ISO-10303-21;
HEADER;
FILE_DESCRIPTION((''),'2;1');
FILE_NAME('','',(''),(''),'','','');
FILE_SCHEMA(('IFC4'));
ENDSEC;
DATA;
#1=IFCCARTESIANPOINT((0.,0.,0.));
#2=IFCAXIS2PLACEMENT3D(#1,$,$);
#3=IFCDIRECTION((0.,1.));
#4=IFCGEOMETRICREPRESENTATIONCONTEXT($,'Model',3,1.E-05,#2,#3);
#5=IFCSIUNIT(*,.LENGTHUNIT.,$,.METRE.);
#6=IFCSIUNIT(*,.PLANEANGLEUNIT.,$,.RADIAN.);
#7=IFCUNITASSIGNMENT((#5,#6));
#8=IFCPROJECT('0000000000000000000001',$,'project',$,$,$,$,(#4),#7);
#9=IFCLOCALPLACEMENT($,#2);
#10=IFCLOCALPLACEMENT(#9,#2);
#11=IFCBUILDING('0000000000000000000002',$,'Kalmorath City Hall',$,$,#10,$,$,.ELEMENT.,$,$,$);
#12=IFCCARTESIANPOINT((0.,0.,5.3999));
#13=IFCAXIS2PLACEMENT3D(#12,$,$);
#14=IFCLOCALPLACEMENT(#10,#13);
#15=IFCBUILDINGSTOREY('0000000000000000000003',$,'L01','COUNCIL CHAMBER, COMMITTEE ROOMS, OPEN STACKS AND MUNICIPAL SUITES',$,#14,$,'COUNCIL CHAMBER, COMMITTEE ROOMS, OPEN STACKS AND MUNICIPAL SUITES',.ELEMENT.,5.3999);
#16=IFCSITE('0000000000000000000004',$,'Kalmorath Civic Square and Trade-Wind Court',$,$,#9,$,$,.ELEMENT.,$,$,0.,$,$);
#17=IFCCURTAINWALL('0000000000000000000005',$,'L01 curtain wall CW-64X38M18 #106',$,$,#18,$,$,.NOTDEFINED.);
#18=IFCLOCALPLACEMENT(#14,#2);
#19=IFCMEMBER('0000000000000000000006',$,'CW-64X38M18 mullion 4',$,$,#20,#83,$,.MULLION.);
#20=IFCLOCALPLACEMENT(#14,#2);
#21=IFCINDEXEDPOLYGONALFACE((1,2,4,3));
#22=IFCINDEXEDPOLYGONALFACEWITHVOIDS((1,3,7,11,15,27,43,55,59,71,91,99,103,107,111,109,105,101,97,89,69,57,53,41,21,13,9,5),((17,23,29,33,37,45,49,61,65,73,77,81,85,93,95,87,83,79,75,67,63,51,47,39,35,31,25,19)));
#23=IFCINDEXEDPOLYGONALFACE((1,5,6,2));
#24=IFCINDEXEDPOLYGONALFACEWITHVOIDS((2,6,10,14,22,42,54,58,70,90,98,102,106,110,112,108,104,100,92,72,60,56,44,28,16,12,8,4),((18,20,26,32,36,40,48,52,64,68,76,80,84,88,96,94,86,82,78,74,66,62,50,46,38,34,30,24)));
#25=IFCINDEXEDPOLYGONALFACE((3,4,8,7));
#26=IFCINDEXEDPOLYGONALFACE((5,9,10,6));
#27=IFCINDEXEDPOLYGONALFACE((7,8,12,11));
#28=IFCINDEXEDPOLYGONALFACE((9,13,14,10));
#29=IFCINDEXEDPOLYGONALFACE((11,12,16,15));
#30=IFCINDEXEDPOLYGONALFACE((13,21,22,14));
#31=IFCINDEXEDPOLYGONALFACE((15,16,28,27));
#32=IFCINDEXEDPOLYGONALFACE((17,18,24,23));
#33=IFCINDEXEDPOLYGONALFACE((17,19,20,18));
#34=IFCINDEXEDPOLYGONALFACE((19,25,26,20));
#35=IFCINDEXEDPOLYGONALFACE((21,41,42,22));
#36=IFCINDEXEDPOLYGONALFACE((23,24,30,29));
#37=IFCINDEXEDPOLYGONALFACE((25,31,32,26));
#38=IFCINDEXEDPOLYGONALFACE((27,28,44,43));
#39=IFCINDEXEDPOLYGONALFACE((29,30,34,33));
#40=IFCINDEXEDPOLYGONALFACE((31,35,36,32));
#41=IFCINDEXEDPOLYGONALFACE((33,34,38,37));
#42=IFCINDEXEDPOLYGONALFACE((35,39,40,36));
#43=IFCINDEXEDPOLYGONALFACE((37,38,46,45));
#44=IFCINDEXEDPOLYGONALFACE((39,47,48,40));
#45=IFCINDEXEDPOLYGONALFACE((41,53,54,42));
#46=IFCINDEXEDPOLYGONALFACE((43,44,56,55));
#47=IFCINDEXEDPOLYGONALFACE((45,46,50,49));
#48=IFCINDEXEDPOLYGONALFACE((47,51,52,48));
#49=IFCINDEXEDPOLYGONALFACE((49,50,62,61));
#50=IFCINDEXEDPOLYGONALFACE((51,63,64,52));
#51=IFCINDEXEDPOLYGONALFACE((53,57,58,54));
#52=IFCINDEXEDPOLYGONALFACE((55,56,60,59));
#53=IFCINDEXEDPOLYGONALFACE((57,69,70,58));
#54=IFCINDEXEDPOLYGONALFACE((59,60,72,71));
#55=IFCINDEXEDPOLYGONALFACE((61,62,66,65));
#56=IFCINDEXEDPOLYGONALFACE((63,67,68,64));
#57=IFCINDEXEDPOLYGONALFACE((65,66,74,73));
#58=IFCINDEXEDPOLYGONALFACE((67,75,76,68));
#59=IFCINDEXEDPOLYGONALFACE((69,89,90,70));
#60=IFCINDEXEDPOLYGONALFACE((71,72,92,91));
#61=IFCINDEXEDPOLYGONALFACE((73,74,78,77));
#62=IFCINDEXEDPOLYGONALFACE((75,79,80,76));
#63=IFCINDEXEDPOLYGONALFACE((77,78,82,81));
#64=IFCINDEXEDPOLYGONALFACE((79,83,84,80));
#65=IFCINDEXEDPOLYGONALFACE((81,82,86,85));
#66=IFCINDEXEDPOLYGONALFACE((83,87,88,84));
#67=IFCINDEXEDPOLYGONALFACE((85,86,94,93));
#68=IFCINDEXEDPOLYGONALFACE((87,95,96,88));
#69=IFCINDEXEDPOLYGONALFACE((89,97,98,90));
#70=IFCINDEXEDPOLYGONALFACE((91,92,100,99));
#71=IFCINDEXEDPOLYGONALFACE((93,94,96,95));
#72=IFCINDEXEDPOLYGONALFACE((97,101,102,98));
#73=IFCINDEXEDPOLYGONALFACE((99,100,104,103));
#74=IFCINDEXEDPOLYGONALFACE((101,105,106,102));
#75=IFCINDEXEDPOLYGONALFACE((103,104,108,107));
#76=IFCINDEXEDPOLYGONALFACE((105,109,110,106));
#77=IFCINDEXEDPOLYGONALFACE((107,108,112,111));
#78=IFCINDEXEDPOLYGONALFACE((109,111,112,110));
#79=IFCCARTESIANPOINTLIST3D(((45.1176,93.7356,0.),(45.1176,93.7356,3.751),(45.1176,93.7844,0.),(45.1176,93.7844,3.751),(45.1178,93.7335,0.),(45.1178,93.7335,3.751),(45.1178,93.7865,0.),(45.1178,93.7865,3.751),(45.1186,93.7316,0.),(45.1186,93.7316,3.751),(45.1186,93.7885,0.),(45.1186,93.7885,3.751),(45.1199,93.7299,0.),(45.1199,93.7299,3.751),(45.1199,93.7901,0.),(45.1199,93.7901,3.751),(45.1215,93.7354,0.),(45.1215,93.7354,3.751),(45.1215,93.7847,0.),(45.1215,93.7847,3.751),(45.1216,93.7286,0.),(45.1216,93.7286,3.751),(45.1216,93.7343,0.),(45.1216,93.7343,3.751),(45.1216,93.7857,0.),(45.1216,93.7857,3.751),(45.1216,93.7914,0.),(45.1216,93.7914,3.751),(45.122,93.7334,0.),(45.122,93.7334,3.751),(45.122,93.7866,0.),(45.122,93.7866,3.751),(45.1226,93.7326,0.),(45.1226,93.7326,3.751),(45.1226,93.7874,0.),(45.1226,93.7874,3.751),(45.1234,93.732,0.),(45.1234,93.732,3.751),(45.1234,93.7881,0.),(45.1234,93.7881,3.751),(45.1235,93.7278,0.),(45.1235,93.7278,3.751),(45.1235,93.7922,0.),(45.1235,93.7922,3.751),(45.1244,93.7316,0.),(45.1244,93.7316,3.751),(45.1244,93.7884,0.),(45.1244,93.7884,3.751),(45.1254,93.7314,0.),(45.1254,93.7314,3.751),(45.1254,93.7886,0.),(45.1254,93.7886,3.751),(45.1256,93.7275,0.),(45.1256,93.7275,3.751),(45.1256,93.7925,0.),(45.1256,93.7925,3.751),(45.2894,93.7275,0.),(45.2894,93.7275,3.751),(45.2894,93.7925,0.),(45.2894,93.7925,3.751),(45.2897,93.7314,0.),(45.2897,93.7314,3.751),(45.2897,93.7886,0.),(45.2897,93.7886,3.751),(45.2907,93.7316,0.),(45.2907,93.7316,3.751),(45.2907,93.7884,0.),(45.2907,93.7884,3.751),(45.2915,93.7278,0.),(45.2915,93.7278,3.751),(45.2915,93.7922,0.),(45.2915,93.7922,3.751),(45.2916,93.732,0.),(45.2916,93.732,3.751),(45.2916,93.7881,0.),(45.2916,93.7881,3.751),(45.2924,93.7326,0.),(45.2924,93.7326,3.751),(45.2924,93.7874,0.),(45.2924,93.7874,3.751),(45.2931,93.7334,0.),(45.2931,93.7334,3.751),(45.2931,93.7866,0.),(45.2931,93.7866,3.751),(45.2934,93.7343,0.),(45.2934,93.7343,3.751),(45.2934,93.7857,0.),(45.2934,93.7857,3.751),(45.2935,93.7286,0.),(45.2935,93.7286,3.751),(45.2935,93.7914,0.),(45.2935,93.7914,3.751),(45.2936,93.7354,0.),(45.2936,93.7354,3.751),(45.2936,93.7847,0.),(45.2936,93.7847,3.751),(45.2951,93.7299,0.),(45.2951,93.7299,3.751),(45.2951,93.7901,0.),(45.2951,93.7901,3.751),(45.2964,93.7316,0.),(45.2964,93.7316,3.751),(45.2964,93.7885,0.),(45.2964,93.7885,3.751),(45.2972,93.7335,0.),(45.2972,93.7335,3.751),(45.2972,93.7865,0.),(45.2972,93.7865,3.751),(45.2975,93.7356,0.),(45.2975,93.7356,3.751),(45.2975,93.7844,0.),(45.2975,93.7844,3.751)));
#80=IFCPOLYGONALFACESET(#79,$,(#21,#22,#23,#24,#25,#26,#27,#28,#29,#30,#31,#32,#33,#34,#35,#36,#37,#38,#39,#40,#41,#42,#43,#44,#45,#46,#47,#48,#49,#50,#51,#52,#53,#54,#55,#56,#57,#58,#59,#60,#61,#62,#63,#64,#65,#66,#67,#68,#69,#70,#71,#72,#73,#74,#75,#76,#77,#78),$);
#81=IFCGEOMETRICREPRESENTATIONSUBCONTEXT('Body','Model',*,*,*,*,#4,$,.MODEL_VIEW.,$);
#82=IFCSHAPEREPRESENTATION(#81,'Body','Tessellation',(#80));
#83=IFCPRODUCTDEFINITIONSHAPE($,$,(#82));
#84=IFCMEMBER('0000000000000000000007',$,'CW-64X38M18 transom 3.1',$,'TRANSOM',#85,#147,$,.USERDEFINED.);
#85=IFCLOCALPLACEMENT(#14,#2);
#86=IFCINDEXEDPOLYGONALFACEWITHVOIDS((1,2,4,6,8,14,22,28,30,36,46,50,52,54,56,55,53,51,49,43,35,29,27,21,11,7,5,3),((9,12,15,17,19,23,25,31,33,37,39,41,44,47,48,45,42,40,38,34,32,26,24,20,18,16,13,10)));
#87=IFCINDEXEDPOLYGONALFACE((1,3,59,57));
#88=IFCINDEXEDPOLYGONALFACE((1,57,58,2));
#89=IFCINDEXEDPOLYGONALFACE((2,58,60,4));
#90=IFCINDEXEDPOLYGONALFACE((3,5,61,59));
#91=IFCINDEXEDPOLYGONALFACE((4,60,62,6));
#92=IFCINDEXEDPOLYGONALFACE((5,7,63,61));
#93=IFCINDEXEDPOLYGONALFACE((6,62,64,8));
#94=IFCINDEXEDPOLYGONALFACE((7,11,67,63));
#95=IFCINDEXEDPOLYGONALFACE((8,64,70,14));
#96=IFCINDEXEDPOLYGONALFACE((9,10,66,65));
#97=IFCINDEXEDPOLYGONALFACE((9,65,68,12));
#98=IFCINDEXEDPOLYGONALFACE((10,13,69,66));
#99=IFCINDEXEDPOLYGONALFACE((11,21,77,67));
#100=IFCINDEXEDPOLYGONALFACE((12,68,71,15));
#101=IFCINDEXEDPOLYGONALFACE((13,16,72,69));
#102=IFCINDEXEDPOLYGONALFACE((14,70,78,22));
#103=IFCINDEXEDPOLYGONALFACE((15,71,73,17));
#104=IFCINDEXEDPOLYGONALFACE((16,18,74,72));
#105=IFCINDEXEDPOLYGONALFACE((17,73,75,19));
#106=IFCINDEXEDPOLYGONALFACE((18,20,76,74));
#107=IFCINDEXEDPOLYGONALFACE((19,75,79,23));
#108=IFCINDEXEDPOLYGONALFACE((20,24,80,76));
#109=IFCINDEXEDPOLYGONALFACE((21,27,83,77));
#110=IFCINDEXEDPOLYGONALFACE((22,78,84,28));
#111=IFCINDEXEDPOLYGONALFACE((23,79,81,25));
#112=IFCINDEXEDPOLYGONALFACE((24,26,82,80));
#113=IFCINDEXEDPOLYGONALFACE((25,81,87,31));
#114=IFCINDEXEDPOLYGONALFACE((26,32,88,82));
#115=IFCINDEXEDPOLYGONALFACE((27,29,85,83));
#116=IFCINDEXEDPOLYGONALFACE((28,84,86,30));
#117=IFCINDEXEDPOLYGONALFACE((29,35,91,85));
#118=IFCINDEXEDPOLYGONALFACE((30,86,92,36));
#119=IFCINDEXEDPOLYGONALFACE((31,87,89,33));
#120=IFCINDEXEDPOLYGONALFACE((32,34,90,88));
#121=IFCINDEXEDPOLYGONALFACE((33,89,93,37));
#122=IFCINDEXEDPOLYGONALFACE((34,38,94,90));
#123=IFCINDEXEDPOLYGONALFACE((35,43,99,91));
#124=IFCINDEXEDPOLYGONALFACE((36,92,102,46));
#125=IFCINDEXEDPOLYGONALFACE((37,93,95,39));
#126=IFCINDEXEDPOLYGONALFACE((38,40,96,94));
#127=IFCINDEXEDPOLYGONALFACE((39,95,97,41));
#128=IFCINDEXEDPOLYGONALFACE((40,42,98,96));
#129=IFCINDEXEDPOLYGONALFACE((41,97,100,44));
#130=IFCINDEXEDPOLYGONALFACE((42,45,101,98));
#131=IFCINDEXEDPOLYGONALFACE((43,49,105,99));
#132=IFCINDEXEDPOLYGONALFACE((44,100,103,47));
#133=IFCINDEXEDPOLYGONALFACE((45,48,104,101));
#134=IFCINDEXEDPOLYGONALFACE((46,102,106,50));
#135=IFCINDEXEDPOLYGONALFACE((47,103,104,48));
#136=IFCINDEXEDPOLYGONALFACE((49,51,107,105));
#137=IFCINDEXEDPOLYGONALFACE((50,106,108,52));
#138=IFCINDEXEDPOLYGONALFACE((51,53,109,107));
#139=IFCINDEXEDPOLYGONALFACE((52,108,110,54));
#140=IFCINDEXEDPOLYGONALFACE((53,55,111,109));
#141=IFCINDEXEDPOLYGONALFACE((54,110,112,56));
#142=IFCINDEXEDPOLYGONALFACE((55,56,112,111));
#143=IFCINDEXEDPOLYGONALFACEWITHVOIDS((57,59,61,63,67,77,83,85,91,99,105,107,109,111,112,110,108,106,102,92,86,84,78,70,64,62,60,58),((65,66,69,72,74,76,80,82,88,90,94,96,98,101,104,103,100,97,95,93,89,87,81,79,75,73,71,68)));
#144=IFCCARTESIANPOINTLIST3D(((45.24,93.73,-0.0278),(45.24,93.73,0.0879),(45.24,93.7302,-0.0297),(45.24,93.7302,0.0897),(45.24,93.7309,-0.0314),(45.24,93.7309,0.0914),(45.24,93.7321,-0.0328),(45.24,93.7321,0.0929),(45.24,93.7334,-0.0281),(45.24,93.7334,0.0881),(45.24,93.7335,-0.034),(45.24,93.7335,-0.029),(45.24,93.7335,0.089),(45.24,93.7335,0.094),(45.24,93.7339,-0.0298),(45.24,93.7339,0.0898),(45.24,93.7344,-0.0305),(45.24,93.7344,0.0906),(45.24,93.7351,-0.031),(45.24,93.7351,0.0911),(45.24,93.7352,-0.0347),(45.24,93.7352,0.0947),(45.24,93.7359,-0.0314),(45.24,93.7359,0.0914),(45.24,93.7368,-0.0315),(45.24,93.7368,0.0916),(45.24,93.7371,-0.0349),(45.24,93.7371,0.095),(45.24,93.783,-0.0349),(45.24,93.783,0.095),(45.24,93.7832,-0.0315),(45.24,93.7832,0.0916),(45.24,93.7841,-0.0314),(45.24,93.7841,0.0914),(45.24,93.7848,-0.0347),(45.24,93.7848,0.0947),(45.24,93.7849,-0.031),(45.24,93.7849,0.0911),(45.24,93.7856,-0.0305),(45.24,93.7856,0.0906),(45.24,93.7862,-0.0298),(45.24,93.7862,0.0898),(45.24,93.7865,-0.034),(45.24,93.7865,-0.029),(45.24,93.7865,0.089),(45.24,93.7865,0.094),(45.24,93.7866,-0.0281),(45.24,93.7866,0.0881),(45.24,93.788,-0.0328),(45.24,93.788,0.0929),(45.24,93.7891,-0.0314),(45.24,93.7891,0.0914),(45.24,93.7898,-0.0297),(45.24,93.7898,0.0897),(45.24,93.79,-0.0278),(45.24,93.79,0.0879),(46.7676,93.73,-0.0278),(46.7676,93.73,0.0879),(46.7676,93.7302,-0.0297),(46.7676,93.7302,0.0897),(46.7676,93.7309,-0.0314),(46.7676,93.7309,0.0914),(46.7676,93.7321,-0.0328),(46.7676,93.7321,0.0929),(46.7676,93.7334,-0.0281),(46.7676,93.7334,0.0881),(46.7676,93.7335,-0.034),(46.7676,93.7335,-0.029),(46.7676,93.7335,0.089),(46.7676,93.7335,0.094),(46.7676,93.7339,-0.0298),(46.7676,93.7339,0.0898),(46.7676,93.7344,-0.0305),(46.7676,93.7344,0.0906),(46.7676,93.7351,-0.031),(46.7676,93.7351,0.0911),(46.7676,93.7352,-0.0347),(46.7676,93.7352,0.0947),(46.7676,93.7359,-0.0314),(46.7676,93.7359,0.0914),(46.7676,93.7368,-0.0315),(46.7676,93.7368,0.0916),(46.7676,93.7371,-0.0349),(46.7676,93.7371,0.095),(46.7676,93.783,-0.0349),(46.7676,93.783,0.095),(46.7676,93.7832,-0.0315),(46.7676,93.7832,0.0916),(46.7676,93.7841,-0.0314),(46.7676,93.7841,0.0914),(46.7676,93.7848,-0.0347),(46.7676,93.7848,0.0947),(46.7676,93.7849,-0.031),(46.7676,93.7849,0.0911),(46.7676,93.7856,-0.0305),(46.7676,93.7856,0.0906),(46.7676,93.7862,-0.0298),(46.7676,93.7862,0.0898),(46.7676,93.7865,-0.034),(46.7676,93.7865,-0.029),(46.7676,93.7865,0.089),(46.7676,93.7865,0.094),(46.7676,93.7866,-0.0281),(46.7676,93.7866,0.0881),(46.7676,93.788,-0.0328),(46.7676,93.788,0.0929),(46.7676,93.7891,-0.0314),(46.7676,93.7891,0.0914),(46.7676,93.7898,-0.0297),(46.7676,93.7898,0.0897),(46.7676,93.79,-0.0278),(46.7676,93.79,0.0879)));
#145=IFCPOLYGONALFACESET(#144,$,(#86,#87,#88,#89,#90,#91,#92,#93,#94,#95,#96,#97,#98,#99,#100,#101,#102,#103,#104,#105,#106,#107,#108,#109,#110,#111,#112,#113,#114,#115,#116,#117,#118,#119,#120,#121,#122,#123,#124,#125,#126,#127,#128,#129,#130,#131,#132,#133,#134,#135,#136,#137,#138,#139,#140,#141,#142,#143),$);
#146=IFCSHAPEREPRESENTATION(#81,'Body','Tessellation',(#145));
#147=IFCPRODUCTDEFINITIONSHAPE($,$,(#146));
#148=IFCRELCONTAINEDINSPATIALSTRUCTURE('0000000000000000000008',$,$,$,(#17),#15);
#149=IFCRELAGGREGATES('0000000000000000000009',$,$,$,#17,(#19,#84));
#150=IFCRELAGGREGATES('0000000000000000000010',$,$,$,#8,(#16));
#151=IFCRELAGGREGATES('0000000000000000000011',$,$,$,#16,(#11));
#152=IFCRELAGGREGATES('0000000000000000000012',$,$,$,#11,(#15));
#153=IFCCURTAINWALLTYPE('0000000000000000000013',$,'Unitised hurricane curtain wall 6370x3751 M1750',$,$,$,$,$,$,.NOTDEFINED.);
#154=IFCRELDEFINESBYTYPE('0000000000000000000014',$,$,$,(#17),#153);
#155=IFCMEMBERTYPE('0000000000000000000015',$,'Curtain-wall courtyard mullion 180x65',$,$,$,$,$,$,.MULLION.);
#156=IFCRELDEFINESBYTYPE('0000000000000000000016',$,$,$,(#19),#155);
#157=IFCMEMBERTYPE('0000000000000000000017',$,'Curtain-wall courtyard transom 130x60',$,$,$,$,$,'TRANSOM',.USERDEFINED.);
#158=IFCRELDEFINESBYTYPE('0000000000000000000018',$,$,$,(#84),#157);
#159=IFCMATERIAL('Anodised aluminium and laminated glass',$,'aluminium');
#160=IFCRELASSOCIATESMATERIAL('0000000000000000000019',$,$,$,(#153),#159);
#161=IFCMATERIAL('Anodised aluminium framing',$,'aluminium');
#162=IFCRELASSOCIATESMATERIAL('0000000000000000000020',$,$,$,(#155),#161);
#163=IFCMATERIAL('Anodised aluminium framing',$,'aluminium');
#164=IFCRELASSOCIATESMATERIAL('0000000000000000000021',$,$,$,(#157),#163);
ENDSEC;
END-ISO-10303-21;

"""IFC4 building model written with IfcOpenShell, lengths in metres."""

from ifc_helpers import new_model, si_unit, direction, frame, origin, origin_2d, place, context, subcontext, project, spatial, hollow_rectangle, extrude, material, material_profile, profile_set, type_object, element, aggregate, save


model = new_model("IFC4")

# Units and contexts
model_context = context("Model", 3, precision=1e-05, world=origin(), true_north=direction((0.0, 1.0)))
body_context = subcontext(model_context, "Body", "Model", "MODEL_VIEW")
ifc_project = project(units=[si_unit("LENGTHUNIT", "METRE"), si_unit("PLANEANGLEUNIT", "RADIAN")], contexts=[model_context])

# Site, building, storey
site_placement = place(None, origin())
site = spatial("IfcSite", under=ifc_project, at=site_placement, Name="Kalmorath Civic Square and Trade-Wind Court", CompositionType="ELEMENT", RefElevation=0.0)
building_placement = place(site_placement, origin())
building = spatial("IfcBuilding", under=site, at=building_placement, Name="Kalmorath City Hall", CompositionType="ELEMENT")
storey_placement = place(building_placement, frame((0.0, 0.0, 5.3999)))
storey = spatial("IfcBuildingStorey", under=building, at=storey_placement, Name="L01", Description="COUNCIL CHAMBER, COMMITTEE ROOMS, OPEN STACKS AND MUNICIPAL SUITES", LongName="COUNCIL CHAMBER, COMMITTEE ROOMS, OPEN STACKS AND MUNICIPAL SUITES", CompositionType="ELEMENT", Elevation=5.3999)

# Curtain wall, members
ifc_material_1 = material(Name="Anodised aluminium and laminated glass", Category="aluminium")
curtain_wall_type = type_object("IfcCurtainWallType", Name="Unitised hurricane curtain wall 6370x3751 M1750", PredefinedType="NOTDEFINED", material=ifc_material_1)
curtain_wall_placement = place(storey_placement, origin())
curtain_wall = element("IfcCurtainWall", 1, at=curtain_wall_placement, inside=storey, type_object=curtain_wall_type, Name="L01 curtain wall CW-64X38M18 #106", PredefinedType="NOTDEFINED")
ifc_material_2 = material(Name="Anodised aluminium framing", Category="aluminium")
ifc_material_profile_1 = material_profile(ifc_material_2, hollow_rectangle(XDim=0.0649, YDim=0.1799, WallThickness=0.0039, InnerFilletRadius=0.0039, OuterFilletRadius=0.0081, at=origin_2d()), Name="ALU-MUL-180X65X4")
ifc_profile_set_1 = profile_set([ifc_material_profile_1], Name="Anodised aluminium framing")
member_type_1 = type_object("IfcMemberType", Name="Curtain-wall courtyard mullion 180x65", PredefinedType="MULLION", material=ifc_profile_set_1)
member_1_placement = place(storey_placement, frame((45.2075, 93.76, 0.0), z_axis=(0.0, 0.0, 1.0), x_axis=(0.0, -1.0, 0.0)))
member_1 = element("IfcMember", 2, at=member_1_placement, type_object=member_type_1, Name="CW-64X38M18 mullion 4", PredefinedType="MULLION", context=body_context, shape_type="SweptSolid", body=[
    extrude(hollow_rectangle(XDim=0.0649, YDim=0.1799, WallThickness=0.0039, InnerFilletRadius=0.0039, OuterFilletRadius=0.0081, at=origin_2d()), origin(), (0.0, 0.0, 1.0), 3.751),
])
ifc_material_3 = material(Name="Anodised aluminium framing", Category="aluminium")
ifc_material_profile_2 = material_profile(ifc_material_3, hollow_rectangle(XDim=0.0601, YDim=0.1299, WallThickness=0.0034, InnerFilletRadius=0.0034, OuterFilletRadius=0.0071, at=origin_2d()), Name="ALU-TRN-130X60X3.5")
ifc_profile_set_2 = profile_set([ifc_material_profile_2], Name="Anodised aluminium framing")
member_type_2 = type_object("IfcMemberType", Name="Curtain-wall courtyard transom 130x60", ElementType="TRANSOM", PredefinedType="USERDEFINED", material=ifc_profile_set_2)
member_2_placement = place(storey_placement, frame((46.7676, 93.76, 0.03), z_axis=(-1.0, 0.0, 0.0), x_axis=(0.0, -1.0, 0.0)))
member_2 = element("IfcMember", 3, at=member_2_placement, type_object=member_type_2, Name="CW-64X38M18 transom 3.1", ObjectType="TRANSOM", PredefinedType="USERDEFINED", context=body_context, shape_type="SweptSolid", body=[
    extrude(hollow_rectangle(XDim=0.0601, YDim=0.1299, WallThickness=0.0034, InnerFilletRadius=0.0034, OuterFilletRadius=0.0071, at=origin_2d()), origin(), (0.0, 0.0, 1.0), 1.5276),
])
aggregate(curtain_wall, [member_1, member_2])

save(model, "model.ifc")
